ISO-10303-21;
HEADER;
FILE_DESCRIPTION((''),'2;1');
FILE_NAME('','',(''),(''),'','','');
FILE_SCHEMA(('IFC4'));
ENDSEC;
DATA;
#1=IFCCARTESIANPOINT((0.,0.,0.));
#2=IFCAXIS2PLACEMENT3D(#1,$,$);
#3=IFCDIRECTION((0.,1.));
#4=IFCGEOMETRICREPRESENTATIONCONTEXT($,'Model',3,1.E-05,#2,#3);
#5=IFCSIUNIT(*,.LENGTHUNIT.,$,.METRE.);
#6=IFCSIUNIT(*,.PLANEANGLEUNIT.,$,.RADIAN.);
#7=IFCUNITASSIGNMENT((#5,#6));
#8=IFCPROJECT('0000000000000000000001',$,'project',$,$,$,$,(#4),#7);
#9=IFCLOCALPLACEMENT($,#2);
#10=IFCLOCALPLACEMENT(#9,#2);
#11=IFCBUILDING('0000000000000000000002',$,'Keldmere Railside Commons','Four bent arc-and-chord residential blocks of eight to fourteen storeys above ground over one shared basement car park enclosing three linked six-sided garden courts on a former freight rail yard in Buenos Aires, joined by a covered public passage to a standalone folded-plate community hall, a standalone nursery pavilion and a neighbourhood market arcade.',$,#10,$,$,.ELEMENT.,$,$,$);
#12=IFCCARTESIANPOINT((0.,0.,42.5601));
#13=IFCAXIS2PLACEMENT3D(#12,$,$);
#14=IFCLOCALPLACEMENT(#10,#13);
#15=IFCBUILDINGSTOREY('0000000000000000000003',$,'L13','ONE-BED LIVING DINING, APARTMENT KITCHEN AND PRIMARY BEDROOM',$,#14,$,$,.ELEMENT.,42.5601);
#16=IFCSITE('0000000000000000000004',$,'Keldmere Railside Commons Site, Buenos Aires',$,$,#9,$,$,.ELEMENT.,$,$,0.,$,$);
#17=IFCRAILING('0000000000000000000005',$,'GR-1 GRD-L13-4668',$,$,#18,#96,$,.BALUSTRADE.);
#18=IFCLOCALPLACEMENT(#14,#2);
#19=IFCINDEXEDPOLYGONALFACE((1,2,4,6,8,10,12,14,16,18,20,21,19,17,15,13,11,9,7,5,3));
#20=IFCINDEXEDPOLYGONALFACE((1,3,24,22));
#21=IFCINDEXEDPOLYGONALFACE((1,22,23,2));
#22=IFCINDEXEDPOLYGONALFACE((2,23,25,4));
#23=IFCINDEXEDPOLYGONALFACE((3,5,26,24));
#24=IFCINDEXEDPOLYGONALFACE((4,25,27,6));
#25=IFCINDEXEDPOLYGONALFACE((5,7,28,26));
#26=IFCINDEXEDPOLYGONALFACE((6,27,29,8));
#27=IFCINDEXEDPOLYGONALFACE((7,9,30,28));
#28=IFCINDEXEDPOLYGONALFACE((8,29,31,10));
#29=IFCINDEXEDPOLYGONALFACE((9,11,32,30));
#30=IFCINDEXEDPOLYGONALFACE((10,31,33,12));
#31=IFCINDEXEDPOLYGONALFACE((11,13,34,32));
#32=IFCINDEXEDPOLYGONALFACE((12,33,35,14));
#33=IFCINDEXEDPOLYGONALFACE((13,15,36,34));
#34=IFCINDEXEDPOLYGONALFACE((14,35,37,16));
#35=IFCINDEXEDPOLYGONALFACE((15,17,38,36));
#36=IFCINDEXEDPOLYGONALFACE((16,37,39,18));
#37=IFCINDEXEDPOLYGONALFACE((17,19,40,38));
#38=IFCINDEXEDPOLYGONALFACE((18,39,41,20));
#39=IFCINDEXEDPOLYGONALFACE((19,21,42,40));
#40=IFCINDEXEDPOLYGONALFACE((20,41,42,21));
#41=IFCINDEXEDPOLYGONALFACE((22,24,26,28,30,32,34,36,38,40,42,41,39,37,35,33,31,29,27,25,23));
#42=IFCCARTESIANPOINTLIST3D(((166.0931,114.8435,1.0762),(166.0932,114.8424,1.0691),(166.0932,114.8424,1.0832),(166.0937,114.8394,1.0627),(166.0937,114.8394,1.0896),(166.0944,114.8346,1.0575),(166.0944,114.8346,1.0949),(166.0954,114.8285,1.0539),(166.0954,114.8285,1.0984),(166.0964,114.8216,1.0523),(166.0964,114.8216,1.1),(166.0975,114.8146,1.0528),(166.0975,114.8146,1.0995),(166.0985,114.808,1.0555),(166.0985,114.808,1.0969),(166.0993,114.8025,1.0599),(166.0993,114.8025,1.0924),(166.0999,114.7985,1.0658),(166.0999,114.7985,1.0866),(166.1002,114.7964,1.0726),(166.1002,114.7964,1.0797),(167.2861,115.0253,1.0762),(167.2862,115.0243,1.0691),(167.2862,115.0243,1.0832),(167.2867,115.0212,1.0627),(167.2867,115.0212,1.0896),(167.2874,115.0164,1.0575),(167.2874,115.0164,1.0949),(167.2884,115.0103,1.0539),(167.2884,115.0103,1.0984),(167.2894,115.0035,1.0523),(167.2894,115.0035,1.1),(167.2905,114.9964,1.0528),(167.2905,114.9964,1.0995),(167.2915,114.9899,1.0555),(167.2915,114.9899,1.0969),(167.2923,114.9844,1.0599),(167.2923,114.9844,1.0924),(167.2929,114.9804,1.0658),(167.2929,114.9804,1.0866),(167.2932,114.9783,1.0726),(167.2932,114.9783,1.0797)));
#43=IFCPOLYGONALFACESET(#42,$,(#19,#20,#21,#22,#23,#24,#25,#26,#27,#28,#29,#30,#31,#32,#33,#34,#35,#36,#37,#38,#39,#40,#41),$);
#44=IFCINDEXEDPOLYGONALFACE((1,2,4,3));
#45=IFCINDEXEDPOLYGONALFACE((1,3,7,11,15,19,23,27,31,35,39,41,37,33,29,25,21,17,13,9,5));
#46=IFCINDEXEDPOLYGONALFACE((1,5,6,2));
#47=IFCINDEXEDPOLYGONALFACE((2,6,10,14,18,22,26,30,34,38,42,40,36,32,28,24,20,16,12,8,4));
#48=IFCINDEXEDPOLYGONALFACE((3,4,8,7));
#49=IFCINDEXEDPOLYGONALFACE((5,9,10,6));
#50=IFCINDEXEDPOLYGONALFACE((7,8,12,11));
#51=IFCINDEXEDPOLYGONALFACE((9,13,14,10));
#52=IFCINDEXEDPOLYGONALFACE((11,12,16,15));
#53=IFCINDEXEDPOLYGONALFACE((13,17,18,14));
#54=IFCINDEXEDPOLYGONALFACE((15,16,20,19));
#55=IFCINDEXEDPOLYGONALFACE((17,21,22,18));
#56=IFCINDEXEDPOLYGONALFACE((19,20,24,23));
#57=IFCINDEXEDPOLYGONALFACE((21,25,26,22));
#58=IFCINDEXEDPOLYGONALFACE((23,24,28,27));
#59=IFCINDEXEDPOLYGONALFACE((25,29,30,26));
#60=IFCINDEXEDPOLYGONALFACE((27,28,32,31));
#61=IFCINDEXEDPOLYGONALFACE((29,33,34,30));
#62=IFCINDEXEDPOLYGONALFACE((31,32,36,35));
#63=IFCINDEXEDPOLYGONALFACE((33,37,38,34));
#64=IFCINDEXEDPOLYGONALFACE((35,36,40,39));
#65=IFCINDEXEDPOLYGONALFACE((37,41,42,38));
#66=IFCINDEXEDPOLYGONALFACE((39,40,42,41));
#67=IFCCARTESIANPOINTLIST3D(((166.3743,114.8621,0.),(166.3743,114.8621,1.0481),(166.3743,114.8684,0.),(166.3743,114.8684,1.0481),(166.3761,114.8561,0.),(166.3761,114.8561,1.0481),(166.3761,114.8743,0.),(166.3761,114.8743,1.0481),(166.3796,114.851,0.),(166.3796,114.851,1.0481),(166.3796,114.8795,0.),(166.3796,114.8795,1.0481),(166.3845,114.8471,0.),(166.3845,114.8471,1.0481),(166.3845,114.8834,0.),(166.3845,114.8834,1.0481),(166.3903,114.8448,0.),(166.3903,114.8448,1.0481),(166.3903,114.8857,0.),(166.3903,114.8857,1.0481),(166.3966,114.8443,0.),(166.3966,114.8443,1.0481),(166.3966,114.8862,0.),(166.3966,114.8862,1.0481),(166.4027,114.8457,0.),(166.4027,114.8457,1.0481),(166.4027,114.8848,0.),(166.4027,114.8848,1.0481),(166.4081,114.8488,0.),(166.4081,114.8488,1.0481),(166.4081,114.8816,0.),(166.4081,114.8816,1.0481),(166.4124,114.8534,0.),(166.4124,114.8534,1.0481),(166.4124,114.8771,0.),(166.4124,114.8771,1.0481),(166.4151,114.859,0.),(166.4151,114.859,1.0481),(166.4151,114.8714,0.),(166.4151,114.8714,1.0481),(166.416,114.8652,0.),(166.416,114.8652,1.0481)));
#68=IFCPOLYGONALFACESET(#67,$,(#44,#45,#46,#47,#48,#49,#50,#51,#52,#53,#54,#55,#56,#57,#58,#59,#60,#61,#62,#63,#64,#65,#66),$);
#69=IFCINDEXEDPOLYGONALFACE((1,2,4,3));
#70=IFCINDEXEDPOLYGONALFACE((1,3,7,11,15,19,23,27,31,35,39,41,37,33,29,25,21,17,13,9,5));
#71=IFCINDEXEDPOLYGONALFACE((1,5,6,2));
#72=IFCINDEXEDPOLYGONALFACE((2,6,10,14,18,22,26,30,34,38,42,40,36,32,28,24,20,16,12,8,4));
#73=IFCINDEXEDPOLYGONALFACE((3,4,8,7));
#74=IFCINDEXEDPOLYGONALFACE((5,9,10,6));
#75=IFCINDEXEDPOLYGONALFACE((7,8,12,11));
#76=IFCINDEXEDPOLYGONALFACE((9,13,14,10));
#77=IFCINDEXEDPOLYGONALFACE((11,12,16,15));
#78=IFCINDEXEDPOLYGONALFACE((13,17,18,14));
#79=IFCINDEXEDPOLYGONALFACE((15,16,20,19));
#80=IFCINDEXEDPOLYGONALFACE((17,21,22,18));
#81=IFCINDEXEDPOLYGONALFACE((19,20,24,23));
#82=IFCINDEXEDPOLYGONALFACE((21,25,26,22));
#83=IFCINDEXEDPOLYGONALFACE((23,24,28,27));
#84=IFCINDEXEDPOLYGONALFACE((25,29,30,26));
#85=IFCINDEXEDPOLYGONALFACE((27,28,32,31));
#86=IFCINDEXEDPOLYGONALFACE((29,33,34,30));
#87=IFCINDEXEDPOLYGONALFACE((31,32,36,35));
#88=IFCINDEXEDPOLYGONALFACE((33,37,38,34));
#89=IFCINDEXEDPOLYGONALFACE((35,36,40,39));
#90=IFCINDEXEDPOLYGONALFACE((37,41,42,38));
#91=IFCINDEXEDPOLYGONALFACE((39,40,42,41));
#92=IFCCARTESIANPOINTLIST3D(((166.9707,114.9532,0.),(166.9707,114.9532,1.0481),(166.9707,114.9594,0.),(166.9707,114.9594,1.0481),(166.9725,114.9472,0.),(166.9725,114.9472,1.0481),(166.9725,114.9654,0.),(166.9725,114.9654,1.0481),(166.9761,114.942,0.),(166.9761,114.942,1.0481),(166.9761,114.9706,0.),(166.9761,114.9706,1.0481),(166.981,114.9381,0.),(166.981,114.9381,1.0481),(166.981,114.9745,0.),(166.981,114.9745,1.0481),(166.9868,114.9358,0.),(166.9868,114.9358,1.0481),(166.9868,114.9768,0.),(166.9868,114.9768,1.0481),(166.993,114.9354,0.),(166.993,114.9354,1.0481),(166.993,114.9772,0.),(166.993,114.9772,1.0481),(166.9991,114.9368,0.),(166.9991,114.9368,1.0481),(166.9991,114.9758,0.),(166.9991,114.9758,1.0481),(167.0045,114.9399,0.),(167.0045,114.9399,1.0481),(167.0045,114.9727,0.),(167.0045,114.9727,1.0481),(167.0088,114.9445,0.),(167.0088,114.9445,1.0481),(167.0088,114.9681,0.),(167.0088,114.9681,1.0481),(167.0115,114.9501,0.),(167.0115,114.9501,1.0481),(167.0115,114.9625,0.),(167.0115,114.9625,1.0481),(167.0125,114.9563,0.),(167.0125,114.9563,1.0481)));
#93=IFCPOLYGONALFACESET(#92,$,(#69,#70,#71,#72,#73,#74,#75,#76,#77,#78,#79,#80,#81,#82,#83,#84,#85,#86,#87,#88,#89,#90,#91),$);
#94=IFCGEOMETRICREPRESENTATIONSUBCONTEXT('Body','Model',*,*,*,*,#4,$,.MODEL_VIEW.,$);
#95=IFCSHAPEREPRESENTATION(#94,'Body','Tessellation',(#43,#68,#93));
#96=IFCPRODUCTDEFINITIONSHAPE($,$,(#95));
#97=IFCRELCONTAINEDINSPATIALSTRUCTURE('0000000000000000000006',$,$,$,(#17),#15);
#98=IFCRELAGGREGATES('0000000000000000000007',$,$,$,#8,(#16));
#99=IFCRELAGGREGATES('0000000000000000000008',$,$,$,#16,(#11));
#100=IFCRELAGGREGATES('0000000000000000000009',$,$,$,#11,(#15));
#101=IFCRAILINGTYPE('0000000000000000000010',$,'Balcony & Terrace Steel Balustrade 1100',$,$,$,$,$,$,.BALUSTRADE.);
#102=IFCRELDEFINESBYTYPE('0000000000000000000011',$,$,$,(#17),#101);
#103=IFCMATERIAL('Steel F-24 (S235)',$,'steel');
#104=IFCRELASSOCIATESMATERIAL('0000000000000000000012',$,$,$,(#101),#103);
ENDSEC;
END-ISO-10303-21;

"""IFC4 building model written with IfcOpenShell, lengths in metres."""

from ifc_helpers import new_model, si_unit, direction, frame, origin, origin_2d, place, context, subcontext, project, spatial, circle, extrude, material, type_object, element, save


model = new_model("IFC4")

# Units and contexts
model_context = context("Model", 3, precision=1e-05, world=origin(), true_north=direction((0.0, 1.0)))
body_context = subcontext(model_context, "Body", "Model", "MODEL_VIEW")
ifc_project = project(units=[si_unit("LENGTHUNIT", "METRE"), si_unit("PLANEANGLEUNIT", "RADIAN")], contexts=[model_context])

# Site, building, storey
site_placement = place(None, origin())
site = spatial("IfcSite", under=ifc_project, at=site_placement, Name="Keldmere Railside Commons Site, Buenos Aires", CompositionType="ELEMENT", RefElevation=0.0)
building_placement = place(site_placement, origin())
building = spatial("IfcBuilding", under=site, at=building_placement, Name="Keldmere Railside Commons", Description="Four bent arc-and-chord residential blocks of eight to fourteen storeys above ground over one shared basement car park enclosing three linked six-sided garden courts on a former freight rail yard in Buenos Aires, joined by a covered public passage to a standalone folded-plate community hall, a standalone nursery pavilion and a neighbourhood market arcade.", CompositionType="ELEMENT")
storey_placement = place(building_placement, frame((0.0, 0.0, 42.5601)))
storey = spatial("IfcBuildingStorey", under=building, at=storey_placement, Name="L13", Description="ONE-BED LIVING DINING, APARTMENT KITCHEN AND PRIMARY BEDROOM", CompositionType="ELEMENT", Elevation=42.5601)

# Railing
ifc_material_1 = material(Name="Steel F-24 (S235)", Category="steel")
railing_type = type_object("IfcRailingType", Name="Balcony & Terrace Steel Balustrade 1100", PredefinedType="BALUSTRADE", material=ifc_material_1)
railing_1_placement = place(storey_placement, frame((166.0967, 114.8198, 0.0)))
element("IfcRailing", 1, at=railing_1_placement, inside=storey, type_object=railing_type, Name="GR-1 GRD-L13-4668", PredefinedType="BALUSTRADE", context=body_context, shape_type="SweptSolid", body=[
    extrude(circle(Radius=0.0239, at=origin_2d()), frame((0.0, 0.0, 1.0762), z_axis=(0.988579, 0.150704, 0.0), x_axis=(-0.150704, 0.988579, 0.0)), (0.0, 0.0, 1.0), 1.2068),
    extrude(circle(Radius=0.021, at=origin_2d()), frame((0.2983, 0.0454, 0.0)), (0.0, 0.0, 1.0), 1.0481),
    extrude(circle(Radius=0.021, at=origin_2d()), frame((0.8948, 0.1365, 0.0)), (0.0, 0.0, 1.0), 1.0481),
])

save(model, "model.ifc")
